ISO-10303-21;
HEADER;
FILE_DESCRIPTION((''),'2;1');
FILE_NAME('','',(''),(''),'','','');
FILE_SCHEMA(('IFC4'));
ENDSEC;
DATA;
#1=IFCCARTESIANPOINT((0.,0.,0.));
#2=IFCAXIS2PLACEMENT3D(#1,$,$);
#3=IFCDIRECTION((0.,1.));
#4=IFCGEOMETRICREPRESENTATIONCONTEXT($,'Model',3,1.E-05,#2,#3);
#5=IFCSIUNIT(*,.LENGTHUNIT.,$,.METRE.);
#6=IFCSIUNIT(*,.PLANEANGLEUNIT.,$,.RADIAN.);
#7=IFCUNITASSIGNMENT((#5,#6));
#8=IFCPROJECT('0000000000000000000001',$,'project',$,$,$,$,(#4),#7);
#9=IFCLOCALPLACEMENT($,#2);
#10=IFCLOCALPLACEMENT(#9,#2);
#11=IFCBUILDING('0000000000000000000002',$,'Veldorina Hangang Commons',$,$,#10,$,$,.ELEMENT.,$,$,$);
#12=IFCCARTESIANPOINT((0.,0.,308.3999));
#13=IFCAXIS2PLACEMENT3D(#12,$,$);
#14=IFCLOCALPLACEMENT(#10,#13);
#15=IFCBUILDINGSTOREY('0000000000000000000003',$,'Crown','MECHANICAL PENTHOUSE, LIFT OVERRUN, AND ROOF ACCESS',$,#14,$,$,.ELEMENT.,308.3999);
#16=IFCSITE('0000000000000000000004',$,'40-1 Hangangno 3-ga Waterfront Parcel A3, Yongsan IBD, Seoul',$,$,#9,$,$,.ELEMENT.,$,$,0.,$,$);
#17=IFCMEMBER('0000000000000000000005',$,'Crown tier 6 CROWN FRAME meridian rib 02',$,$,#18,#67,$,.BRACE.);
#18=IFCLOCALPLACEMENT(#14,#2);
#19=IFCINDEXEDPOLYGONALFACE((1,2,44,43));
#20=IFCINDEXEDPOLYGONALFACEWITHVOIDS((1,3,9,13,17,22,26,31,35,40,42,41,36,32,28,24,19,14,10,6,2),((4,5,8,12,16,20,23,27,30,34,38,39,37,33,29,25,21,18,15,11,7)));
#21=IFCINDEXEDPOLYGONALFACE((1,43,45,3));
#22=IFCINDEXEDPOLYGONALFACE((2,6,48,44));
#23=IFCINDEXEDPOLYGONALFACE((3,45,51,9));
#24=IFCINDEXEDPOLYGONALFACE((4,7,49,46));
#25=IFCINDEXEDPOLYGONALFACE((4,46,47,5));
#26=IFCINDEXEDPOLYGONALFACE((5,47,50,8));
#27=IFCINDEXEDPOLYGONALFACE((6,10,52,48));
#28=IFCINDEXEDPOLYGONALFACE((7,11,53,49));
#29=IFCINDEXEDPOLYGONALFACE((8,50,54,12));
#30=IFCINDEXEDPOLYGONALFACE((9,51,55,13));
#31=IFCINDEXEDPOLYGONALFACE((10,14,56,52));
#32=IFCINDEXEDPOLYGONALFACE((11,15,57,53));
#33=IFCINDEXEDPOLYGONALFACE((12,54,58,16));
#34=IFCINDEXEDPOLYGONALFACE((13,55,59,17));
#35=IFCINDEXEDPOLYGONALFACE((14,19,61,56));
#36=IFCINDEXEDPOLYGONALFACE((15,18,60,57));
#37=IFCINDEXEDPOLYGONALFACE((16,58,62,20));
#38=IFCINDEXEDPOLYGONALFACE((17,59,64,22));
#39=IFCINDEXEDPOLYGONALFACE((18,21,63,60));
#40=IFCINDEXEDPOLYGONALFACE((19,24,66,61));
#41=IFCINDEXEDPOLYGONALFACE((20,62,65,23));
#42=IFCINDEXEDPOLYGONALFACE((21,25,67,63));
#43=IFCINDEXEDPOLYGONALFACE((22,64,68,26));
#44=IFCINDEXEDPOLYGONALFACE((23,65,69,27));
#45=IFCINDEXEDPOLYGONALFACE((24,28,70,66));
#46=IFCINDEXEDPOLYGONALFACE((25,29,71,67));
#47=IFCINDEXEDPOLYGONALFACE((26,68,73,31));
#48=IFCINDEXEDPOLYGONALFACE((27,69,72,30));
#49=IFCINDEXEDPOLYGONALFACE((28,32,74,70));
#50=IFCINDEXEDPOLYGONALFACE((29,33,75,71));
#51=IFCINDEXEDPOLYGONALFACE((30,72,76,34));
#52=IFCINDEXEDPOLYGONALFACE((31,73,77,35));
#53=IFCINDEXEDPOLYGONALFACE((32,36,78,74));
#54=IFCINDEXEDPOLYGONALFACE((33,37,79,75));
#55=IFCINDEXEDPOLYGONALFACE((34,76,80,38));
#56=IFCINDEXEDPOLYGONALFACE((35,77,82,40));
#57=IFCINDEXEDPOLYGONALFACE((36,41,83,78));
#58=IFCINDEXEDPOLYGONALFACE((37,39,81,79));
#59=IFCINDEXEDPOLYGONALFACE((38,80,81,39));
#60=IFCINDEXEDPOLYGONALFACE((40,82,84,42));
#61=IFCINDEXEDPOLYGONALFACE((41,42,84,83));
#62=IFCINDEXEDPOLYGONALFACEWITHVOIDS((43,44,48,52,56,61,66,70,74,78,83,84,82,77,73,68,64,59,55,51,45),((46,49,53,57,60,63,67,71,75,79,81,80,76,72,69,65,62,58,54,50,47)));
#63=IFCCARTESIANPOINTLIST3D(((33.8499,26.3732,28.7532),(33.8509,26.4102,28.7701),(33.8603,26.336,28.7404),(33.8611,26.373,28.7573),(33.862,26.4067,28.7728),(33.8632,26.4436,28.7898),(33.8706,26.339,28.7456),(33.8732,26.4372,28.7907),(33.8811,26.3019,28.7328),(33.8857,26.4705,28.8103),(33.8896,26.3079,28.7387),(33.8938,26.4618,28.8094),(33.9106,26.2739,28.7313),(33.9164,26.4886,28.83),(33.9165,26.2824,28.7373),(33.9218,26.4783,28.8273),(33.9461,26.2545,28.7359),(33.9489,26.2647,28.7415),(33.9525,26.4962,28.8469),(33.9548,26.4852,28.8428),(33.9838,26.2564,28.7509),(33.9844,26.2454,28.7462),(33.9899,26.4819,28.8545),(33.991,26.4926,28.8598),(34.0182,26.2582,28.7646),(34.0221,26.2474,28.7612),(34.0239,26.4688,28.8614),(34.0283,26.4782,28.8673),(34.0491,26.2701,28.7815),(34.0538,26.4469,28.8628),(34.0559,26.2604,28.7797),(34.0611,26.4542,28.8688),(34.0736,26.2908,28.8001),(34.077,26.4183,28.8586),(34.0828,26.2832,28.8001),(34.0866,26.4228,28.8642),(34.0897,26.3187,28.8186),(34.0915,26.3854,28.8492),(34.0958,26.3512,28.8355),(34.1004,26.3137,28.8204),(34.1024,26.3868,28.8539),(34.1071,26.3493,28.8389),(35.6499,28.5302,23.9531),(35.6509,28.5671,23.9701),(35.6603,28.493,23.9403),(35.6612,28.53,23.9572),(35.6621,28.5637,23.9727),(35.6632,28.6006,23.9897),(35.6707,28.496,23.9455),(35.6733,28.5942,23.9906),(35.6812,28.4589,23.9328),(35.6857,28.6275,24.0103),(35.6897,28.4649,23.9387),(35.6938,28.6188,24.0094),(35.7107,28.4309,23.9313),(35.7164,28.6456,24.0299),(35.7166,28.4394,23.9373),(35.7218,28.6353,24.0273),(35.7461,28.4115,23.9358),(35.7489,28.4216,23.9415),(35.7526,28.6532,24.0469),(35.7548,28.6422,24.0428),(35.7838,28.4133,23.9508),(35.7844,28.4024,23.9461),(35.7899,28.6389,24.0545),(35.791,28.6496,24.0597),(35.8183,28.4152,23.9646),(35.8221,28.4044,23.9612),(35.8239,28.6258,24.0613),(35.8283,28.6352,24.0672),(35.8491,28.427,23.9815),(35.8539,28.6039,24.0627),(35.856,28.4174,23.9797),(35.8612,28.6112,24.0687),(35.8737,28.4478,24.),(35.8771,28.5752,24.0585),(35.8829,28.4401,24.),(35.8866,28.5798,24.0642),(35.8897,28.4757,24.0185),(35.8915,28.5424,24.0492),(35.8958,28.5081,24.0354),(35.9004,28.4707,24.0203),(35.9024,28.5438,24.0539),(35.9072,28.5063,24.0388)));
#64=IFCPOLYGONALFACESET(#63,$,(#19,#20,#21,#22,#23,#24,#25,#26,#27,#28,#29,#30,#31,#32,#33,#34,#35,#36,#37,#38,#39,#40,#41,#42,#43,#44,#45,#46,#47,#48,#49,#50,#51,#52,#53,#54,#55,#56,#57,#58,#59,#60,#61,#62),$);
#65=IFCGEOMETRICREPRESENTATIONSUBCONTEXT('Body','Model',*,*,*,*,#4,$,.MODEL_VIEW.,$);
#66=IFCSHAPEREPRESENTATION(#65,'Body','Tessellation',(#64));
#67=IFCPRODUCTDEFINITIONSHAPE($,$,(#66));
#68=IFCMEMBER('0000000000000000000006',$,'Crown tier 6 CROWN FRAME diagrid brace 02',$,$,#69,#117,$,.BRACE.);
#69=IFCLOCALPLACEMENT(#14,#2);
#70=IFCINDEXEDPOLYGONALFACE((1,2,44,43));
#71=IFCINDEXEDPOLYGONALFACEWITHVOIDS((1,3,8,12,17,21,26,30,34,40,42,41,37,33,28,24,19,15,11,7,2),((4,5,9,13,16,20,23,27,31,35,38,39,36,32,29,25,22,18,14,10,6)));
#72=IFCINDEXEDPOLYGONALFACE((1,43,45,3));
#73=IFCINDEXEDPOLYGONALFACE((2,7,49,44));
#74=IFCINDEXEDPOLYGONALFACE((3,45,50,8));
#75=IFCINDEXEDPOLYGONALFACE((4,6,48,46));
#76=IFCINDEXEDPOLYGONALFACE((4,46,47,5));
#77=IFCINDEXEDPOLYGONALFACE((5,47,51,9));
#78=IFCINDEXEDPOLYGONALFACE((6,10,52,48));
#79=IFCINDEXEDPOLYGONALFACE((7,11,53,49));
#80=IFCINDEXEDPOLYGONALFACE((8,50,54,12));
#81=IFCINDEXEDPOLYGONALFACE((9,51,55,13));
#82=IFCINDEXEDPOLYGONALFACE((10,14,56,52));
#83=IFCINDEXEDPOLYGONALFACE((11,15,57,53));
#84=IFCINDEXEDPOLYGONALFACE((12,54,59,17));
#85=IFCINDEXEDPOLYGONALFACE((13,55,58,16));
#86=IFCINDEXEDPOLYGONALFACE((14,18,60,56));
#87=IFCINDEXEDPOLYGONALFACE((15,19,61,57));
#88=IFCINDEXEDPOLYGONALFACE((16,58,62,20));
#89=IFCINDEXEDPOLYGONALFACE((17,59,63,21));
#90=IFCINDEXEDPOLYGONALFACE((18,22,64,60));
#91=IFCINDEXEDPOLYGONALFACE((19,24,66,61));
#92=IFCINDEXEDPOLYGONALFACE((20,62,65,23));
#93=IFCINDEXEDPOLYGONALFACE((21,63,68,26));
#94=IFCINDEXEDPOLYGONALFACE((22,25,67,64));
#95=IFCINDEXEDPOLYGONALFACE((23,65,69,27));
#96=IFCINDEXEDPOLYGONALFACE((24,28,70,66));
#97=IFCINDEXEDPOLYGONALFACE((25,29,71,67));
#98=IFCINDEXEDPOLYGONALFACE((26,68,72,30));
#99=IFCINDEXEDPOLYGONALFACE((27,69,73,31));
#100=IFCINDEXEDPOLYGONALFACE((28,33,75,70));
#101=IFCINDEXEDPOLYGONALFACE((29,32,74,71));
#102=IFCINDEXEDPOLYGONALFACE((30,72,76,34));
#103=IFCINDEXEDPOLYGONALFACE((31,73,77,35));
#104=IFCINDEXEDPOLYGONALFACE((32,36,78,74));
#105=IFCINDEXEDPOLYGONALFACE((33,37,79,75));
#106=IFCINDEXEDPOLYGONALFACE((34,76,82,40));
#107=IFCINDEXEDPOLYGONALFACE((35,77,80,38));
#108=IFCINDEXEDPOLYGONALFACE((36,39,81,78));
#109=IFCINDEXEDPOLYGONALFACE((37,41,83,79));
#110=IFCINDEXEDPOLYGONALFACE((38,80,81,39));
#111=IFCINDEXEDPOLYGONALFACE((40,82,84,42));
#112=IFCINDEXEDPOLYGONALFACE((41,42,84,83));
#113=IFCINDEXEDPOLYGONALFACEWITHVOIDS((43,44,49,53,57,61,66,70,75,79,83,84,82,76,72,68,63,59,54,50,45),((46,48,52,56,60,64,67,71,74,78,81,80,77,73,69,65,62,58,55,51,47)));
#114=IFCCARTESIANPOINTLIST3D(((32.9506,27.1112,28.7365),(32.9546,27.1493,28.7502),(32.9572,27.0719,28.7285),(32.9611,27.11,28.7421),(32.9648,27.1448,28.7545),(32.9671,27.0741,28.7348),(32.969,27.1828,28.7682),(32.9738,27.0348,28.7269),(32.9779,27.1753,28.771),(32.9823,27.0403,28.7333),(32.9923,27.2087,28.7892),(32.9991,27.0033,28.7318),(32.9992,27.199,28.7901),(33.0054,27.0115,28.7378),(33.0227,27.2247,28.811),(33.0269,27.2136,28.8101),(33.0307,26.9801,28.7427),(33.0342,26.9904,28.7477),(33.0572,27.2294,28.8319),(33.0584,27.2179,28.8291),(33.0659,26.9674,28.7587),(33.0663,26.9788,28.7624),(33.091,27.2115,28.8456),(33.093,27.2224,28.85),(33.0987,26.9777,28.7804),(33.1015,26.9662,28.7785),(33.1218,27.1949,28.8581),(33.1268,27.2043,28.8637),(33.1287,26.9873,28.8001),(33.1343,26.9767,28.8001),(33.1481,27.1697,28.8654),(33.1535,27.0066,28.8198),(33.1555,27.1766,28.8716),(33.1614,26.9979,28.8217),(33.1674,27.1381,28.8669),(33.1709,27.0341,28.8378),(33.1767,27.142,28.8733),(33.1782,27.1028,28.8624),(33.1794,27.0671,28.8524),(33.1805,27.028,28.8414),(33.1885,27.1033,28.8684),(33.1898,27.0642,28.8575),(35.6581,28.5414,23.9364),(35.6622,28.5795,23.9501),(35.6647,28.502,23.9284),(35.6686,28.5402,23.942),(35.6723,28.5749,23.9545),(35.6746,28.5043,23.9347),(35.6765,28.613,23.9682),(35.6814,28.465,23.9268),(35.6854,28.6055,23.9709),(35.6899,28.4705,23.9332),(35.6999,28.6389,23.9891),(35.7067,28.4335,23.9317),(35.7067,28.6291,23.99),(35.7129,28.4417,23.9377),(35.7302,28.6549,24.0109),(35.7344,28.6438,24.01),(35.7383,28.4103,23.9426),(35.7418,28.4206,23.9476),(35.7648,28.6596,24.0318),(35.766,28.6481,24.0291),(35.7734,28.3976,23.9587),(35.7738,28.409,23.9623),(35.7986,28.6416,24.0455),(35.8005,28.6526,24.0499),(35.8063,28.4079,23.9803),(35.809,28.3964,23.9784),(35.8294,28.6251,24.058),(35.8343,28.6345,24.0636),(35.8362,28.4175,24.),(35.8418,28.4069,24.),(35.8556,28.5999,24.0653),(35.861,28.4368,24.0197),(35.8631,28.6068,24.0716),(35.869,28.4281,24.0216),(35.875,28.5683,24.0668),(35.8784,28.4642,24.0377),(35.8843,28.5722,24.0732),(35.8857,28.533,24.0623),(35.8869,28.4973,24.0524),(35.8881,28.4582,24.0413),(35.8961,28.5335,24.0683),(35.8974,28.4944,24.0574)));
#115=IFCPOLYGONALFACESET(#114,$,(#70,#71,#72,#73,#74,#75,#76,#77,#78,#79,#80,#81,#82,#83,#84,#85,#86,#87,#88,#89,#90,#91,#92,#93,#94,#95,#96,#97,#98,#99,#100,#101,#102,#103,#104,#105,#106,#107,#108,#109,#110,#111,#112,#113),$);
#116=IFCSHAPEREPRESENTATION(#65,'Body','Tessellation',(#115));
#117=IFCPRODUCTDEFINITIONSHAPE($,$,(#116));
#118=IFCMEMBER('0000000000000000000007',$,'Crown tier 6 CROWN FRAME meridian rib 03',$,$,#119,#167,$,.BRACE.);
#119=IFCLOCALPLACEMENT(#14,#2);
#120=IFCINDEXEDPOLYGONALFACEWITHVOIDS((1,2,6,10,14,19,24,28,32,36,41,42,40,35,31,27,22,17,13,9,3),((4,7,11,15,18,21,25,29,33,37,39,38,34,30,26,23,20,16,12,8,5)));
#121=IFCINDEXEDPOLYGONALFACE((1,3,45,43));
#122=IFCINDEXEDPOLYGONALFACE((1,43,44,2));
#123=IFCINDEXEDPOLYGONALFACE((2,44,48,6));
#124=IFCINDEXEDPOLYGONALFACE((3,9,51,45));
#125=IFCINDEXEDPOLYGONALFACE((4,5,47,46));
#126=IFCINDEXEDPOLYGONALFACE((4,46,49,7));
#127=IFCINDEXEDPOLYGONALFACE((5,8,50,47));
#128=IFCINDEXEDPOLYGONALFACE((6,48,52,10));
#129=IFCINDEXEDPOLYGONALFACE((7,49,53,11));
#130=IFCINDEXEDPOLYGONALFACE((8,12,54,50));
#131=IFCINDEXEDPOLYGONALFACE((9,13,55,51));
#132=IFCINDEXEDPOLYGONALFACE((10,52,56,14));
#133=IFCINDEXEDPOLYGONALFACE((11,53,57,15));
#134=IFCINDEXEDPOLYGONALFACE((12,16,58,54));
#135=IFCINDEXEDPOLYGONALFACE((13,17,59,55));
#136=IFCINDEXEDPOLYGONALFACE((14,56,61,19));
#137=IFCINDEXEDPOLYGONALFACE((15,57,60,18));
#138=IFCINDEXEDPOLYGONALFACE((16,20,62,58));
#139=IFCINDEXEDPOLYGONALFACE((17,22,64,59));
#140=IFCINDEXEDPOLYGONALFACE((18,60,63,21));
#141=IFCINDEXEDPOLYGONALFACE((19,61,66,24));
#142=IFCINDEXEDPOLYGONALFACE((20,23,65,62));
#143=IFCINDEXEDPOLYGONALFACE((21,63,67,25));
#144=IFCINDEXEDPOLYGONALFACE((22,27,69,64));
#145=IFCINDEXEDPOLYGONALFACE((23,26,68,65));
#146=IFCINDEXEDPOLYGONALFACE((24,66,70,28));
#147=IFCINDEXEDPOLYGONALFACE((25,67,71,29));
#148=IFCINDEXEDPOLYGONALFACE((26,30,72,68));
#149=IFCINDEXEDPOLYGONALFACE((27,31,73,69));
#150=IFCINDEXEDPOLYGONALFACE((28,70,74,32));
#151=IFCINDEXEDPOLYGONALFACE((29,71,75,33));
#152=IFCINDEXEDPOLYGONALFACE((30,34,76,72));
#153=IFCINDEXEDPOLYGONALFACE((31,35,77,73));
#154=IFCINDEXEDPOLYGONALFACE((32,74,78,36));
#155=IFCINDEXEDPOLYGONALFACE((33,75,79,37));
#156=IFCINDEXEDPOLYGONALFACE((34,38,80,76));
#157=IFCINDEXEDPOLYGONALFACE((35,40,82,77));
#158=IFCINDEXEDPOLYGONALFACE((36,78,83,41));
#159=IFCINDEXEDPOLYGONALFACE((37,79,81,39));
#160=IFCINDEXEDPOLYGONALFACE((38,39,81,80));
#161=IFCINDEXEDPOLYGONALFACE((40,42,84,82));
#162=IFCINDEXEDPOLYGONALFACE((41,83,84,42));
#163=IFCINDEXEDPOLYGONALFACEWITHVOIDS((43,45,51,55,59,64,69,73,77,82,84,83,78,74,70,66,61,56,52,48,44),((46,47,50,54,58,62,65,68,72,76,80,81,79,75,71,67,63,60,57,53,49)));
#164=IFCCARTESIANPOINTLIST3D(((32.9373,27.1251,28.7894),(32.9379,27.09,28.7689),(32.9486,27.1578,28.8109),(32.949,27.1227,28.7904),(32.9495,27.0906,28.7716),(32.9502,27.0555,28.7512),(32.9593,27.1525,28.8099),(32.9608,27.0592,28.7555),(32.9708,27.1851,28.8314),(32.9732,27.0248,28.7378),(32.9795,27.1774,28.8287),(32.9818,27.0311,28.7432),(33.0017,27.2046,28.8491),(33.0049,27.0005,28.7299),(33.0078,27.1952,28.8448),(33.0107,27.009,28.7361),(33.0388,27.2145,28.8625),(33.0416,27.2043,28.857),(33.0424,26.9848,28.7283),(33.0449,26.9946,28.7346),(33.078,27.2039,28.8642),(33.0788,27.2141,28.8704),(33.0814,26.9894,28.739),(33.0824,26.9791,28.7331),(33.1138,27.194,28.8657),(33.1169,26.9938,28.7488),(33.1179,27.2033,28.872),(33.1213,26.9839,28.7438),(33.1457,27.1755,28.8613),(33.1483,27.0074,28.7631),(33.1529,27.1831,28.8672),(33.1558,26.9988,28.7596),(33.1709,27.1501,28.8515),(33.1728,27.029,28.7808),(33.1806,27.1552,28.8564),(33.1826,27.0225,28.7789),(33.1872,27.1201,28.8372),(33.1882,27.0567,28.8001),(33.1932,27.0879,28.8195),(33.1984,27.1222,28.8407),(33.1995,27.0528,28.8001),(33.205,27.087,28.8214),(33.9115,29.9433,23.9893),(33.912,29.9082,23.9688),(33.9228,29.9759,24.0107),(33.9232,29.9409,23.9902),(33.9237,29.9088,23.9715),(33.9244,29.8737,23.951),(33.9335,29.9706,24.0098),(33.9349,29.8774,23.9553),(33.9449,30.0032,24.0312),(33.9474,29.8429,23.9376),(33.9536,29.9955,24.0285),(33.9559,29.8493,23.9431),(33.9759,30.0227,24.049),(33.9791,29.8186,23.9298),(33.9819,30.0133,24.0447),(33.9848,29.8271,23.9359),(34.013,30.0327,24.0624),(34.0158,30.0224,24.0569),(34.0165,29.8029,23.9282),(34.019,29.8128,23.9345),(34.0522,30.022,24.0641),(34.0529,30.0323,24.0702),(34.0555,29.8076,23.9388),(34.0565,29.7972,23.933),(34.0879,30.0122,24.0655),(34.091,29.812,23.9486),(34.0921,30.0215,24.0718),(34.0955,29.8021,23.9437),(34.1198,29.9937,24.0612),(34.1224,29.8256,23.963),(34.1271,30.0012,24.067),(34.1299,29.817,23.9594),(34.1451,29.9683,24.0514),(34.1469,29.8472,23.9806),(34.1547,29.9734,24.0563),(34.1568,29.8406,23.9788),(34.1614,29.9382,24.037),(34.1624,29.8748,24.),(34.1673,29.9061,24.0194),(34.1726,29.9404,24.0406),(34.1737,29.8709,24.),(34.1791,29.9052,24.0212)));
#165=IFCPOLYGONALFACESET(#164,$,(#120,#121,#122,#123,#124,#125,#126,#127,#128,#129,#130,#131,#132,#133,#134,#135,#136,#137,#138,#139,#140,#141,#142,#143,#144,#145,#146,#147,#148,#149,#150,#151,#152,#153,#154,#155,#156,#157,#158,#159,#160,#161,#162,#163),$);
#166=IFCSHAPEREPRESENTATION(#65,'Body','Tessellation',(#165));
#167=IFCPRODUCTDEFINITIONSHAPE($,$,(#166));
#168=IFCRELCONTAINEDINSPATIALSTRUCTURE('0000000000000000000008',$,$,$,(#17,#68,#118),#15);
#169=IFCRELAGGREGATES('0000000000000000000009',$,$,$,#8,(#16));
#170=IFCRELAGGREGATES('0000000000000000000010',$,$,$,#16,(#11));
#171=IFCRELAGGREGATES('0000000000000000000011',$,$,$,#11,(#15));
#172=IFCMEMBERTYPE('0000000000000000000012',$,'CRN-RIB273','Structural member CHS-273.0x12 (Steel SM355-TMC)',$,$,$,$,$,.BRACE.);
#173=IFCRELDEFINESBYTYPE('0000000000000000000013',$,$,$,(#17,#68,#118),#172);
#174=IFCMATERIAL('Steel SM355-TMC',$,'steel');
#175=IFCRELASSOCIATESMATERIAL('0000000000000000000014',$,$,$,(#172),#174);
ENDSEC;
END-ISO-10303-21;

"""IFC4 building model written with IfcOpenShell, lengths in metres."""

from ifc_helpers import new_model, si_unit, direction, frame, origin, origin_2d, place, context, subcontext, project, spatial, hollow_circle, extrude, material, material_profile, profile_set, type_object, element, save


model = new_model("IFC4")

# Units and contexts
model_context = context("Model", 3, precision=1e-05, world=origin(), true_north=direction((0.0, 1.0)))
body_context = subcontext(model_context, "Body", "Model", "MODEL_VIEW")
ifc_project = project(units=[si_unit("LENGTHUNIT", "METRE"), si_unit("PLANEANGLEUNIT", "RADIAN")], contexts=[model_context])

# Site, building, storey
site_placement = place(None, origin())
site = spatial("IfcSite", under=ifc_project, at=site_placement, Name="40-1 Hangangno 3-ga Waterfront Parcel A3, Yongsan IBD, Seoul", CompositionType="ELEMENT", RefElevation=0.0)
building_placement = place(site_placement, origin())
building = spatial("IfcBuilding", under=site, at=building_placement, Name="Veldorina Hangang Commons", CompositionType="ELEMENT")
storey_placement = place(building_placement, frame((0.0, 0.0, 308.3999)))
storey = spatial("IfcBuildingStorey", under=building, at=storey_placement, Name="Crown", Description="MECHANICAL PENTHOUSE, LIFT OVERRUN, AND ROOF ACCESS", CompositionType="ELEMENT", Elevation=308.3999)

# Members
ifc_material_1 = material(Name="Steel SM355-TMC", Category="steel")
ifc_material_profile_1 = material_profile(ifc_material_1, hollow_circle(Radius=0.1365, WallThickness=0.012, at=origin_2d()), Name="CHS-273.0x12")
ifc_profile_set_1 = profile_set([ifc_material_profile_1], Name="Steel SM355-TMC")
member_type_1 = type_object("IfcMemberType", Name="CRN-RIB273", Description="Structural member CHS-273.0x12 (Steel SM355-TMC)", PredefinedType="BRACE", material=ifc_profile_set_1)
member_1_placement = place(storey_placement, frame((35.7781, 28.5276, 24.0), z_axis=(-0.323647, -0.387823, 0.863044), x_axis=(0.767772, -0.640723, 0.0)))
element("IfcMember", 1, at=member_1_placement, inside=storey, type_object=member_type_1, Name="Crown tier 6 CROWN FRAME meridian rib 02", PredefinedType="BRACE", context=body_context, shape_type="SweptSolid", body=[
    extrude(hollow_circle(Radius=0.1365, WallThickness=0.012, at=origin_2d()), origin(), (0.0, 0.0, 1.0), 5.5618),
])
member_2_placement = place(storey_placement, frame((35.7781, 28.5276, 24.0), z_axis=(-0.475541, -0.251192, 0.843068), x_axis=(0.467067, -0.884222, 0.0)))
element("IfcMember", 2, at=member_2_placement, inside=storey, type_object=member_type_1, Name="Crown tier 6 CROWN FRAME diagrid brace 02", PredefinedType="BRACE", context=body_context, shape_type="SweptSolid", body=[
    extrude(hollow_circle(Radius=0.1365, WallThickness=0.012, at=origin_2d()), origin(), (0.0, 0.0, 1.0), 5.6936),
])
member_3_placement = place(storey_placement, frame((34.0447, 29.9155, 24.0), z_axis=(-0.172387, -0.498714, 0.849451), x_axis=(0.945129, -0.326697, 0.0)))
element("IfcMember", 3, at=member_3_placement, inside=storey, type_object=member_type_1, Name="Crown tier 6 CROWN FRAME meridian rib 03", PredefinedType="BRACE", context=body_context, shape_type="SweptSolid", body=[
    extrude(hollow_circle(Radius=0.1365, WallThickness=0.012, at=origin_2d()), origin(), (0.0, 0.0, 1.0), 5.6509),
])

save(model, "model.ifc")
